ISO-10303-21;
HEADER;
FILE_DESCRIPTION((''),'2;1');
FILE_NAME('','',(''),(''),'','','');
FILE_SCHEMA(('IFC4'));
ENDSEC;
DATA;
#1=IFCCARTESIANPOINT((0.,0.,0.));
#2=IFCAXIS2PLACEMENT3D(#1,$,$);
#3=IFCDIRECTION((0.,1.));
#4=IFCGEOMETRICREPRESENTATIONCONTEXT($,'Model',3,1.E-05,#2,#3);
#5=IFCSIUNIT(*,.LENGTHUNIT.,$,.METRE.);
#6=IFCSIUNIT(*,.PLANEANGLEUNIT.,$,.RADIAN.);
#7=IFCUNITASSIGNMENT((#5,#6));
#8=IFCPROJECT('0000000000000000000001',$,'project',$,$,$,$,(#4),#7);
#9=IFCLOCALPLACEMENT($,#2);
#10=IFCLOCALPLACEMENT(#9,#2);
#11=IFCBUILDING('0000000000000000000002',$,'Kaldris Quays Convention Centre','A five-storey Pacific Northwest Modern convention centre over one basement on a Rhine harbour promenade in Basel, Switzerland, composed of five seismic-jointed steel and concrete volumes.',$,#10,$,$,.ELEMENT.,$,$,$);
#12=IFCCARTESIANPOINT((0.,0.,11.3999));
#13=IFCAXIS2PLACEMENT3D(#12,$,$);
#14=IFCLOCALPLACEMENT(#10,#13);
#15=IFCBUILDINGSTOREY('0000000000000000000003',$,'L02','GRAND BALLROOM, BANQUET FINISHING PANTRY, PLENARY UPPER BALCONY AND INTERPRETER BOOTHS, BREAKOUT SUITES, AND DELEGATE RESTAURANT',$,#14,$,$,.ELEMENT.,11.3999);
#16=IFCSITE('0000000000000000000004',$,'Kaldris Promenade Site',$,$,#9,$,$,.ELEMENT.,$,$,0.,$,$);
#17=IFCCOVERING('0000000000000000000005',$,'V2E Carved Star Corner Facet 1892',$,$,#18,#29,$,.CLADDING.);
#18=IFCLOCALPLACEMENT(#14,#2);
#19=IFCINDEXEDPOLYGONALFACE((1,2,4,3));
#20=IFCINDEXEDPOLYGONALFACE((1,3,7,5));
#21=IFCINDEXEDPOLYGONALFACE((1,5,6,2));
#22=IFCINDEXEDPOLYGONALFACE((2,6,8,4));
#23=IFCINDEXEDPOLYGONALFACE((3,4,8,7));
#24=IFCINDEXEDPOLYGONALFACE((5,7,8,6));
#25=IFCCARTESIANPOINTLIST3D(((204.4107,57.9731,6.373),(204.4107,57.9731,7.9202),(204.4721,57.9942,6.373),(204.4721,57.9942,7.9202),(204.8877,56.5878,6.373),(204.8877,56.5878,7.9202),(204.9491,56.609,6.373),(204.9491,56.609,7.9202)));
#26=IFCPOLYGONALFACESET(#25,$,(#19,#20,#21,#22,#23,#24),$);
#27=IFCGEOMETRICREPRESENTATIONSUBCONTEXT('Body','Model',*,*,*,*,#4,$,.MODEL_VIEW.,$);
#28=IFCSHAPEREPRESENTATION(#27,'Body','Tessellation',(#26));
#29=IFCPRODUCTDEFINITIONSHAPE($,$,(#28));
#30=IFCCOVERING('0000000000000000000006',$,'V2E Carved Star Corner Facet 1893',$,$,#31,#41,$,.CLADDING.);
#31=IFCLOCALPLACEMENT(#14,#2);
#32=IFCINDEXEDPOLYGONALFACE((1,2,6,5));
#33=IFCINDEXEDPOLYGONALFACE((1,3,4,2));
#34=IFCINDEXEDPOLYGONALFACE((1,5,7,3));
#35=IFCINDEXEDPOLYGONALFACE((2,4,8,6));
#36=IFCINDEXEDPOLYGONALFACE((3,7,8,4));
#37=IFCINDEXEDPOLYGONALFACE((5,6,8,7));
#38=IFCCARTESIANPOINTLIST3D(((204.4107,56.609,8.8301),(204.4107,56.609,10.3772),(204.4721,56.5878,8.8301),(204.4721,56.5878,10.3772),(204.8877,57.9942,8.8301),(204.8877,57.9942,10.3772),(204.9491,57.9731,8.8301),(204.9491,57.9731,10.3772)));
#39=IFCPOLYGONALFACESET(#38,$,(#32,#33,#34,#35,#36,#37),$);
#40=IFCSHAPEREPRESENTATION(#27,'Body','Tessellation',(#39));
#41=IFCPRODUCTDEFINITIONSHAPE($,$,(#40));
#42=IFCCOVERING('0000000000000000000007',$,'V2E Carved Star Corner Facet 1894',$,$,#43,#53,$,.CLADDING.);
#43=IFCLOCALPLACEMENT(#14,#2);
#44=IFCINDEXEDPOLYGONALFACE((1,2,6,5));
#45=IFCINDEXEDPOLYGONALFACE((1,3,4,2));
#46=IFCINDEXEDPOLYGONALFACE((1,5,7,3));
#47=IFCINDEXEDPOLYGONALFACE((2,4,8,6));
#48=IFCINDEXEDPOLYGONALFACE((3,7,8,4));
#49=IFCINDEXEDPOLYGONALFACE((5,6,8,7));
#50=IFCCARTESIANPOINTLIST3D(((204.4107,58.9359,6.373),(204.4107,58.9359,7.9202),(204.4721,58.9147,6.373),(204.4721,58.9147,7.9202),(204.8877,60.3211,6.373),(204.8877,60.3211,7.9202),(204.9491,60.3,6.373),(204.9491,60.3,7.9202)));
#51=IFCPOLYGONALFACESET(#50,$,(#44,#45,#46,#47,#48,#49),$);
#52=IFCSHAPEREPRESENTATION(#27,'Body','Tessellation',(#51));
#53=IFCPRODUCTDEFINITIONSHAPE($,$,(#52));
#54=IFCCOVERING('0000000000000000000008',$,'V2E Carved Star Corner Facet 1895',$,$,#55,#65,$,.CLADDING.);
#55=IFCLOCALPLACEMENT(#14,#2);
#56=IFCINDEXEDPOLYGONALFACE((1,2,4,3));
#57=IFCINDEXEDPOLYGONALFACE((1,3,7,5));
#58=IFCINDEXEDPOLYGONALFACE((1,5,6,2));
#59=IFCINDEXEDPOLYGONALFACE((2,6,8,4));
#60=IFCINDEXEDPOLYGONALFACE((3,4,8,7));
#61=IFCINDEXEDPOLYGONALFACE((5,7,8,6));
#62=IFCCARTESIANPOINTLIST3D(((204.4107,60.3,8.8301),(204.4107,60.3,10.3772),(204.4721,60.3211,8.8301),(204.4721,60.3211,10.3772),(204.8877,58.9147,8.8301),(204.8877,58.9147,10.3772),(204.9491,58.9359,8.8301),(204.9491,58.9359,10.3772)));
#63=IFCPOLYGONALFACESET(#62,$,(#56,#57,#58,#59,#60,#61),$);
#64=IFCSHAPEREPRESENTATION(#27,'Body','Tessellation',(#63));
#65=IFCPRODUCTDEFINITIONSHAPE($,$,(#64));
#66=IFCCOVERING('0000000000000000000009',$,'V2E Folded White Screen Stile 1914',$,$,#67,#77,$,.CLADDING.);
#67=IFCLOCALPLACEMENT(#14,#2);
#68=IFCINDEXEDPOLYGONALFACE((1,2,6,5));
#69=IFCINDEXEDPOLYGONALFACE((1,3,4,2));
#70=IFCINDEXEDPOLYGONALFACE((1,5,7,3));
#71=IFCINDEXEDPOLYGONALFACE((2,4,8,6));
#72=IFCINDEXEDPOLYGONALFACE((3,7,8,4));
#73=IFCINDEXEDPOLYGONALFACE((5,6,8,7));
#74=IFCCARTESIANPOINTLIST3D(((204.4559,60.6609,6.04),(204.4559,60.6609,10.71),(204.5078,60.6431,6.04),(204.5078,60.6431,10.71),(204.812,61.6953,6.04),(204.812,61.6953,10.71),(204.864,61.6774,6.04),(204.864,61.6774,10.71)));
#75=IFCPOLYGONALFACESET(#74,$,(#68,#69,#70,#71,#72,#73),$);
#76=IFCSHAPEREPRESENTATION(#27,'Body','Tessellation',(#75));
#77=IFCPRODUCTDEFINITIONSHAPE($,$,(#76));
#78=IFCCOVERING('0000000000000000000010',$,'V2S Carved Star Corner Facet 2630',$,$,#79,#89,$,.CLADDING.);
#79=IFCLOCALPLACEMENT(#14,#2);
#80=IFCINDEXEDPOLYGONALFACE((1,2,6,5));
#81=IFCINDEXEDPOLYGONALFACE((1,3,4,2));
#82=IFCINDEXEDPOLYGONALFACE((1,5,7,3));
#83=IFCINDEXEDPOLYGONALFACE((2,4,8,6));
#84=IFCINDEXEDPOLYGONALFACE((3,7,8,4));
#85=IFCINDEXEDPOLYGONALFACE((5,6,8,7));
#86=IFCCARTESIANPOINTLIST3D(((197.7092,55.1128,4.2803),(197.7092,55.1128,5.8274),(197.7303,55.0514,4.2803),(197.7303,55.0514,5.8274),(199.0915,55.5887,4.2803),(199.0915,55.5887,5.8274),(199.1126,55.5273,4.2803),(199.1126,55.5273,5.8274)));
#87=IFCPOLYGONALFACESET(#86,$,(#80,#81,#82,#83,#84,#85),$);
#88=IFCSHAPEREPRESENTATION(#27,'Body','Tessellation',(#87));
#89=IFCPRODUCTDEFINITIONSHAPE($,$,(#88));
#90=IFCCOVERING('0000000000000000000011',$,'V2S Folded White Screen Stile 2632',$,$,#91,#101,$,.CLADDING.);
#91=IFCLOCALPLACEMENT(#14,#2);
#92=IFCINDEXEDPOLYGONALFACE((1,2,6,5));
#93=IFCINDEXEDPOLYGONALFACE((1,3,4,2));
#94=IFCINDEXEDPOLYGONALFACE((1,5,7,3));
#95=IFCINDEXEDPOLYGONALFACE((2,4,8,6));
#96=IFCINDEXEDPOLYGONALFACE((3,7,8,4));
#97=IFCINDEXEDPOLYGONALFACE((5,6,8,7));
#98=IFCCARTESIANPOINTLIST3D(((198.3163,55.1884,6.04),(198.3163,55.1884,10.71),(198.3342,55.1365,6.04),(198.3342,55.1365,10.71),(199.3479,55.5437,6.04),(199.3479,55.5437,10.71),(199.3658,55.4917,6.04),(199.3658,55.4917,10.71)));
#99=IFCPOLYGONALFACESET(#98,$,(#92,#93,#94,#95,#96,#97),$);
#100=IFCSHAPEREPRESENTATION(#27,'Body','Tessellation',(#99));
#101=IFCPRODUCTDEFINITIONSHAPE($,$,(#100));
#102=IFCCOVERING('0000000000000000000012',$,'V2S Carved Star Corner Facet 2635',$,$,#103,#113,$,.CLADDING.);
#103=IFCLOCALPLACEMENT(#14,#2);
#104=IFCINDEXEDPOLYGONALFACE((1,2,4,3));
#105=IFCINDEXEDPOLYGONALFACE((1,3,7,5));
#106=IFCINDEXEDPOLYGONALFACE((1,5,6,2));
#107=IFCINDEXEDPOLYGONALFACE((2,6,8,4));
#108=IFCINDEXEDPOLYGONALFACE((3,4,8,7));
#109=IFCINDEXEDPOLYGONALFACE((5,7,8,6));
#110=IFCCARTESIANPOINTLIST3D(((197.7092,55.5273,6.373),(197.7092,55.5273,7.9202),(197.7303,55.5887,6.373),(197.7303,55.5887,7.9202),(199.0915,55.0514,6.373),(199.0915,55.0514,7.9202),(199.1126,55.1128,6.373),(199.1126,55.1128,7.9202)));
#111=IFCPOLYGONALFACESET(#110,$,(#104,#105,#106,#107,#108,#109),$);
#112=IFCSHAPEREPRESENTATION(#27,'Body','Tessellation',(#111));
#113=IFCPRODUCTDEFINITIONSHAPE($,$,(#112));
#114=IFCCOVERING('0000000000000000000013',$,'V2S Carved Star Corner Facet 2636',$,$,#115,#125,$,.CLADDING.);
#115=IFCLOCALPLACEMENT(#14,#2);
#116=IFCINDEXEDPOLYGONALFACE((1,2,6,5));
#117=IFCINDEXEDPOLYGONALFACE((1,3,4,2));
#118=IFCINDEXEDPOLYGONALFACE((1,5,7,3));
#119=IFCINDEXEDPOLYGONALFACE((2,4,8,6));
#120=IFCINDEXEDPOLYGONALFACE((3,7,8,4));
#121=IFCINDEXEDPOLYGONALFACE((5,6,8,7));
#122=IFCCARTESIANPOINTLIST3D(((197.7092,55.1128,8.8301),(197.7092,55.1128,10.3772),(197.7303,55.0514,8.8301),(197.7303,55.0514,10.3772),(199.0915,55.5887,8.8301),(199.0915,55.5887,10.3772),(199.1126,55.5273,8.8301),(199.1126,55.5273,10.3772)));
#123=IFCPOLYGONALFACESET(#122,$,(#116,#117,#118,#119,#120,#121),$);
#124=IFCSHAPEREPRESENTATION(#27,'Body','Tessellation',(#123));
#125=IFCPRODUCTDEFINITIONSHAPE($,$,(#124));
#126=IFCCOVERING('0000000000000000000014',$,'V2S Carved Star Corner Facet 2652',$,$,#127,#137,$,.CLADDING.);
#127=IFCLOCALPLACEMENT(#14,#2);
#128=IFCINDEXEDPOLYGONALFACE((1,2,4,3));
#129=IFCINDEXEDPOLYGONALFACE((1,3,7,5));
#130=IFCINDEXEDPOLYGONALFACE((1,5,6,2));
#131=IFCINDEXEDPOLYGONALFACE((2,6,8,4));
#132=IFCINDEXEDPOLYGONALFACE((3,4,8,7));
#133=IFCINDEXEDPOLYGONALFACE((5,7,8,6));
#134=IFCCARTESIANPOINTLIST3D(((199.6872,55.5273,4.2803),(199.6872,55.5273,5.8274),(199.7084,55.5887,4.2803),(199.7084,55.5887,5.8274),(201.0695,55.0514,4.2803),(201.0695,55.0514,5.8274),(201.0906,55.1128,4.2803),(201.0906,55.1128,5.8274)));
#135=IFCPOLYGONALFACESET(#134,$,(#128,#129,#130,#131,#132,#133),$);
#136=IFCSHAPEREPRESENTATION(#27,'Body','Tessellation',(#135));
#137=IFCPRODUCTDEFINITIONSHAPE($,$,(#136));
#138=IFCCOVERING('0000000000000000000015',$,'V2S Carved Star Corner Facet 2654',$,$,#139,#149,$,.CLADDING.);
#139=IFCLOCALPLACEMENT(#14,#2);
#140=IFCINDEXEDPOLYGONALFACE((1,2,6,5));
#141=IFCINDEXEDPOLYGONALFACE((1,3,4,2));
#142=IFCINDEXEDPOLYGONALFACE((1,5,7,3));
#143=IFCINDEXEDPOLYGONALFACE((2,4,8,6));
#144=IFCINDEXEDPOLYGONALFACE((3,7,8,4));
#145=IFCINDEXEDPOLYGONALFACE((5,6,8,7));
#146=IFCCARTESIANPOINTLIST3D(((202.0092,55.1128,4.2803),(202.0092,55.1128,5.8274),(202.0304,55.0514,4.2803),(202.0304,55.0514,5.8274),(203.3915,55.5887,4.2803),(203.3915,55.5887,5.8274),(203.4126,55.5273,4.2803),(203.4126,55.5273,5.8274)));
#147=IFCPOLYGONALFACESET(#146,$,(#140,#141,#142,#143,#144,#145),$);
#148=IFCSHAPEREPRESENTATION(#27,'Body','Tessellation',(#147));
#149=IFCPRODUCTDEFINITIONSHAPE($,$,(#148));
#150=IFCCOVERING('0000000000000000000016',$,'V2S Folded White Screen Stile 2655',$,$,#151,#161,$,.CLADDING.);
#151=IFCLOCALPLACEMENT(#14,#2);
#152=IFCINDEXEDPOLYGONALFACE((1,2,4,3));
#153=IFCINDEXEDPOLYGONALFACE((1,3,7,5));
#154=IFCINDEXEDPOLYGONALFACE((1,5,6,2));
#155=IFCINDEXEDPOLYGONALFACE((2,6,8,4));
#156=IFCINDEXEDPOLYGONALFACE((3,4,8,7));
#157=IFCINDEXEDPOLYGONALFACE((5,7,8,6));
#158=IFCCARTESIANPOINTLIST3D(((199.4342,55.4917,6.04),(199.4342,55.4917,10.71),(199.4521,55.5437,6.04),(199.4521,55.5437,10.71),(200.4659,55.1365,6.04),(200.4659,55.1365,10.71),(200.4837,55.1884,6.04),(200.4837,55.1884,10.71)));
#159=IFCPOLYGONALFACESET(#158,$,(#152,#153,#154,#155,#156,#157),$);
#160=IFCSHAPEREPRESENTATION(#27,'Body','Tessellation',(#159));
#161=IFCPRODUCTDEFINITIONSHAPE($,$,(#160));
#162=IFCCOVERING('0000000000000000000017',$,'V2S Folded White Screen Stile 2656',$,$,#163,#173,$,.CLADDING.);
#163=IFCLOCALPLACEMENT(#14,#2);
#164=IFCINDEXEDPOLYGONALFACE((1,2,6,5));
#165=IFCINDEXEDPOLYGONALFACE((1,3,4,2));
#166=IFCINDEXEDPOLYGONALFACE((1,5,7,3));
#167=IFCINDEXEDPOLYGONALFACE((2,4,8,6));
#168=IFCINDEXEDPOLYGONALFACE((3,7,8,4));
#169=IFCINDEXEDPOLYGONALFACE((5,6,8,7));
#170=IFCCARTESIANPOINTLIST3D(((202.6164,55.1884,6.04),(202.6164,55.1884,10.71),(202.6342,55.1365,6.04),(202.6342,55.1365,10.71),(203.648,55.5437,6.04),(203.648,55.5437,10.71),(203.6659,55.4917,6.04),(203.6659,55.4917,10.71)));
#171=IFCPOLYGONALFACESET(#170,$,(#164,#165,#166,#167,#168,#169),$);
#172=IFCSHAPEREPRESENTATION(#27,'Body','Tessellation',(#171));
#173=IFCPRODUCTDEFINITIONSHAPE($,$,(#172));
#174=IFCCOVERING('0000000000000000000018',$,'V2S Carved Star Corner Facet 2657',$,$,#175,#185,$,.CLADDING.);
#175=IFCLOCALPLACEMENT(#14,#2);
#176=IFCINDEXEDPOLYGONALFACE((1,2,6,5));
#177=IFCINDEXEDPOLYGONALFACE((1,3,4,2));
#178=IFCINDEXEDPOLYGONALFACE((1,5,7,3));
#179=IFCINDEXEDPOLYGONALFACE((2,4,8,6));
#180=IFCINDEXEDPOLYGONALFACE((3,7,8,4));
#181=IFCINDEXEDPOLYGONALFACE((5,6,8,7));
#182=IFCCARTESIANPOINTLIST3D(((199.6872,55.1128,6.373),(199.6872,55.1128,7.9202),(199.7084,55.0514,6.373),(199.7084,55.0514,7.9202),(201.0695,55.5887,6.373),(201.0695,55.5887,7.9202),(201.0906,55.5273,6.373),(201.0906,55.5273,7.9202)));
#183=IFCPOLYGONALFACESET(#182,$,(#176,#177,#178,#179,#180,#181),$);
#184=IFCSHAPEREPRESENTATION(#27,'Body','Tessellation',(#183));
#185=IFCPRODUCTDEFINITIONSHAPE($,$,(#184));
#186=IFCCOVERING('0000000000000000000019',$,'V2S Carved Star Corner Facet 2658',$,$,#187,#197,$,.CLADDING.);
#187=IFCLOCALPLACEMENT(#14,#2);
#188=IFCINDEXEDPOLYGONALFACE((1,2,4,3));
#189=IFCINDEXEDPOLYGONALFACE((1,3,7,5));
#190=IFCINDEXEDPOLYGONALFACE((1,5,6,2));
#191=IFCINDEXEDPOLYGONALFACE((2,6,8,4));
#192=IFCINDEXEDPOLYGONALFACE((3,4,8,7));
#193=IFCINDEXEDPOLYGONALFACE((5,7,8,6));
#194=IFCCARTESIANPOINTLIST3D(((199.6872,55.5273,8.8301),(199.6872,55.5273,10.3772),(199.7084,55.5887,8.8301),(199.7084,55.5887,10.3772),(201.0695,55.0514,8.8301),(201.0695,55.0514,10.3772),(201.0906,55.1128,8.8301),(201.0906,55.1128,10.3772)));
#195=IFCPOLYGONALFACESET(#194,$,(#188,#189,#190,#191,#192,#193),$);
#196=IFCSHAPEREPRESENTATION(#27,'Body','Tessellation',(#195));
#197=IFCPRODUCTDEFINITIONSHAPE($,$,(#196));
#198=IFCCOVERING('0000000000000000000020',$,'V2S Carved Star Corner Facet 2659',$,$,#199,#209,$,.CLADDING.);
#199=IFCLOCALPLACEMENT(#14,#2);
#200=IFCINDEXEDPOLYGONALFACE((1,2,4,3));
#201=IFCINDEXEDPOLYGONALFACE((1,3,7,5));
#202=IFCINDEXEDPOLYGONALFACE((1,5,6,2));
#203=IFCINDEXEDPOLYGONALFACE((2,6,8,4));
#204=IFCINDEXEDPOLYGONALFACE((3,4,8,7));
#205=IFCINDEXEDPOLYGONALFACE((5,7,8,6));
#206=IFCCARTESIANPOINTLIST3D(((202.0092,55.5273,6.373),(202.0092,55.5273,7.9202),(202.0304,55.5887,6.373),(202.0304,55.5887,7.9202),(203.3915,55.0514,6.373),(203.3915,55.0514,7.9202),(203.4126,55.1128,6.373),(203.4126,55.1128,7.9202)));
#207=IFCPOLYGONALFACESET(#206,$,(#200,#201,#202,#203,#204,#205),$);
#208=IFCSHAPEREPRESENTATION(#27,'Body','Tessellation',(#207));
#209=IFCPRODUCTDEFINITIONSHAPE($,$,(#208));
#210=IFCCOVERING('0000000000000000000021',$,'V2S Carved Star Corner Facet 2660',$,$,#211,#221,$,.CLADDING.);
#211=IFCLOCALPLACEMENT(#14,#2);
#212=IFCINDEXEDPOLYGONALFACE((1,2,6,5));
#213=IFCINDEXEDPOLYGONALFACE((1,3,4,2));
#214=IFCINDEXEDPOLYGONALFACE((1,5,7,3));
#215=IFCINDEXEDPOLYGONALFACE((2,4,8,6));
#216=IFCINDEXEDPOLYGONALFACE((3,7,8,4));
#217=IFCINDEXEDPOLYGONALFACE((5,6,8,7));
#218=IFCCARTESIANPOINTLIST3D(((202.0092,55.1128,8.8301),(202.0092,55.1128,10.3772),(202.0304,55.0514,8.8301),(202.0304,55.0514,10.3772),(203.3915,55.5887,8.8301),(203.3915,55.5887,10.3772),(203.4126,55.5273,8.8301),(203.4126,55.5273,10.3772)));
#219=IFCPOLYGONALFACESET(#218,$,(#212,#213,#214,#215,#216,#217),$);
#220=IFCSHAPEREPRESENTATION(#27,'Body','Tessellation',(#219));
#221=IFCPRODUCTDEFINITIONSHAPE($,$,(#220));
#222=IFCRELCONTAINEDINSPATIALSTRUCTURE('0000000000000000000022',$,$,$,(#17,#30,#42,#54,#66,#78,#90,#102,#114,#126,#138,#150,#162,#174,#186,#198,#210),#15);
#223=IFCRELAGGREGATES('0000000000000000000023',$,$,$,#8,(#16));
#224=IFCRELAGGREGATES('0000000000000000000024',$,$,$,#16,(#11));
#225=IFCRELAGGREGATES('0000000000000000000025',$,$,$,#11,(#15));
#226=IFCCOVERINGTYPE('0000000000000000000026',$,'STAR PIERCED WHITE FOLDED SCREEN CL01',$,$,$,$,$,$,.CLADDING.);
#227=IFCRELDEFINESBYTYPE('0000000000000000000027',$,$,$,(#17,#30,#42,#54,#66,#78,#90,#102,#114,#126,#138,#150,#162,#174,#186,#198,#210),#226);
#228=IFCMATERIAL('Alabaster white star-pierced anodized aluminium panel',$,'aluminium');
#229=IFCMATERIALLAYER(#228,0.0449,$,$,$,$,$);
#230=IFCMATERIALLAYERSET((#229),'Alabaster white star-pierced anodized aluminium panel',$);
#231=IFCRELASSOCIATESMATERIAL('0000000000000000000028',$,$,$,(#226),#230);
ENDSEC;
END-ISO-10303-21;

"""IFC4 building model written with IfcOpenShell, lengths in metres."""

from ifc_helpers import new_model, si_unit, direction, frame, origin, origin_2d, place, context, subcontext, project, spatial, rectangle, extrude, material, layer, layer_set, type_object, element, save


model = new_model("IFC4")

# Units and contexts
model_context = context("Model", 3, precision=1e-05, world=origin(), true_north=direction((0.0, 1.0)))
body_context = subcontext(model_context, "Body", "Model", "MODEL_VIEW")
ifc_project = project(units=[si_unit("LENGTHUNIT", "METRE"), si_unit("PLANEANGLEUNIT", "RADIAN")], contexts=[model_context])

# Site, building, storey
site_placement = place(None, origin())
site = spatial("IfcSite", under=ifc_project, at=site_placement, Name="Kaldris Promenade Site", CompositionType="ELEMENT", RefElevation=0.0)
building_placement = place(site_placement, origin())
building = spatial("IfcBuilding", under=site, at=building_placement, Name="Kaldris Quays Convention Centre", Description="A five-storey Pacific Northwest Modern convention centre over one basement on a Rhine harbour promenade in Basel, Switzerland, composed of five seismic-jointed steel and concrete volumes.", CompositionType="ELEMENT")
storey_placement = place(building_placement, frame((0.0, 0.0, 11.3999)))
storey = spatial("IfcBuildingStorey", under=building, at=storey_placement, Name="L02", Description="GRAND BALLROOM, BANQUET FINISHING PANTRY, PLENARY UPPER BALCONY AND INTERPRETER BOOTHS, BREAKOUT SUITES, AND DELEGATE RESTAURANT", CompositionType="ELEMENT", Elevation=11.3999)

# Coverings
ifc_material_1 = material(Name="Alabaster white star-pierced anodized aluminium panel", Category="aluminium")
ifc_layer = layer(ifc_material_1, 0.0449)
ifc_layer_set = layer_set([ifc_layer], Name="Alabaster white star-pierced anodized aluminium panel")
covering_type = type_object("IfcCoveringType", Name="STAR PIERCED WHITE FOLDED SCREEN CL01", PredefinedType="CLADDING", material=ifc_layer_set)
for number, where, z_axis, x_axis, name in (
    (1, (204.6799, 57.291, 6.373), (0.0, 0.0, 1.0), (-0.325568, 0.945519, 0.0), "V2E Carved Star Corner Facet 1892"),
    (2, (204.6799, 57.291, 8.8301), (0.0, 0.0, 1.0), (0.325568, 0.945519, 0.0), "V2E Carved Star Corner Facet 1893"),
    (3, (204.6799, 59.6179, 6.373), (0.0, 0.0, 1.0), (0.325568, 0.945519, 0.0), "V2E Carved Star Corner Facet 1894"),
    (4, (204.6799, 59.6179, 8.8301), (0.0, 0.0, 1.0), (-0.325568, 0.945519, 0.0), "V2E Carved Star Corner Facet 1895"),
):
    element("IfcCovering", number, at=place(storey_placement, frame(where, z_axis=z_axis, x_axis=x_axis)), inside=storey, type_object=covering_type, Name=name, PredefinedType="CLADDING", context=body_context, shape_type="SweptSolid", body=[
        extrude(rectangle(XDim=1.4651, YDim=0.0649, at=origin_2d()), origin(), (0.0, 0.0, 1.0), 1.5471),
    ])
covering_1_placement = place(storey_placement, frame((204.6599, 61.1692, 6.04), z_axis=(0.0, 0.0, 1.0), x_axis=(0.325568, 0.945519, 0.0)))
element("IfcCovering", 5, at=covering_1_placement, inside=storey, type_object=covering_type, Name="V2E Folded White Screen Stile 1914", PredefinedType="CLADDING", context=body_context, shape_type="SweptSolid", body=[
    extrude(rectangle(XDim=1.094, YDim=0.0549, at=origin_2d()), origin(), (0.0, 0.0, 1.0), 4.6699),
])
covering_2_placement = place(storey_placement, frame((198.4109, 55.3201, 4.2803), z_axis=(0.0, 0.0, 1.0), x_axis=(0.945519, 0.325568, 0.0)))
element("IfcCovering", 6, at=covering_2_placement, inside=storey, type_object=covering_type, Name="V2S Carved Star Corner Facet 2630", PredefinedType="CLADDING", context=body_context, shape_type="SweptSolid", body=[
    extrude(rectangle(XDim=1.4619, YDim=0.0649, at=origin_2d()), origin(), (0.0, 0.0, 1.0), 1.5471),
])
covering_3_placement = place(storey_placement, frame((198.8411, 55.3401, 6.04), z_axis=(0.0, 0.0, 1.0), x_axis=(0.945519, 0.325568, 0.0)))
element("IfcCovering", 7, at=covering_3_placement, inside=storey, type_object=covering_type, Name="V2S Folded White Screen Stile 2632", PredefinedType="CLADDING", context=body_context, shape_type="SweptSolid", body=[
    extrude(rectangle(XDim=1.0911, YDim=0.0549, at=origin_2d()), origin(), (0.0, 0.0, 1.0), 4.6699),
])
for number, where, z_axis, x_axis, name in (
    (8, (198.4109, 55.3201, 6.373), (0.0, 0.0, 1.0), (0.945519, -0.325568, 0.0), "V2S Carved Star Corner Facet 2635"),
    (9, (198.4109, 55.3201, 8.8301), (0.0, 0.0, 1.0), (0.945519, 0.325568, 0.0), "V2S Carved Star Corner Facet 2636"),
    (10, (200.3889, 55.3201, 4.2803), (0.0, 0.0, 1.0), (0.945519, -0.325568, 0.0), "V2S Carved Star Corner Facet 2652"),
    (11, (202.7109, 55.3201, 4.2803), (0.0, 0.0, 1.0), (0.945519, 0.325568, 0.0), "V2S Carved Star Corner Facet 2654"),
):
    element("IfcCovering", number, at=place(storey_placement, frame(where, z_axis=z_axis, x_axis=x_axis)), inside=storey, type_object=covering_type, Name=name, PredefinedType="CLADDING", context=body_context, shape_type="SweptSolid", body=[
        extrude(rectangle(XDim=1.4619, YDim=0.0649, at=origin_2d()), origin(), (0.0, 0.0, 1.0), 1.5471),
    ])
for number, where, z_axis, x_axis, name in (
    (12, (199.959, 55.3401, 6.04), (0.0, 0.0, 1.0), (0.945519, -0.325568, 0.0), "V2S Folded White Screen Stile 2655"),
    (13, (203.1411, 55.3401, 6.04), (0.0, 0.0, 1.0), (0.945519, 0.325568, 0.0), "V2S Folded White Screen Stile 2656"),
):
    element("IfcCovering", number, at=place(storey_placement, frame(where, z_axis=z_axis, x_axis=x_axis)), inside=storey, type_object=covering_type, Name=name, PredefinedType="CLADDING", context=body_context, shape_type="SweptSolid", body=[
        extrude(rectangle(XDim=1.0911, YDim=0.0549, at=origin_2d()), origin(), (0.0, 0.0, 1.0), 4.6699),
    ])
for number, where, z_axis, x_axis, name in (
    (14, (200.3889, 55.3201, 6.373), (0.0, 0.0, 1.0), (0.945519, 0.325568, 0.0), "V2S Carved Star Corner Facet 2657"),
    (15, (200.3889, 55.3201, 8.8301), (0.0, 0.0, 1.0), (0.945519, -0.325568, 0.0), "V2S Carved Star Corner Facet 2658"),
    (16, (202.7109, 55.3201, 6.373), (0.0, 0.0, 1.0), (0.945519, -0.325568, 0.0), "V2S Carved Star Corner Facet 2659"),
    (17, (202.7109, 55.3201, 8.8301), (0.0, 0.0, 1.0), (0.945519, 0.325568, 0.0), "V2S Carved Star Corner Facet 2660"),
):
    element("IfcCovering", number, at=place(storey_placement, frame(where, z_axis=z_axis, x_axis=x_axis)), inside=storey, type_object=covering_type, Name=name, PredefinedType="CLADDING", context=body_context, shape_type="SweptSolid", body=[
        extrude(rectangle(XDim=1.4619, YDim=0.0649, at=origin_2d()), origin(), (0.0, 0.0, 1.0), 1.5471),
    ])

save(model, "model.ifc")
